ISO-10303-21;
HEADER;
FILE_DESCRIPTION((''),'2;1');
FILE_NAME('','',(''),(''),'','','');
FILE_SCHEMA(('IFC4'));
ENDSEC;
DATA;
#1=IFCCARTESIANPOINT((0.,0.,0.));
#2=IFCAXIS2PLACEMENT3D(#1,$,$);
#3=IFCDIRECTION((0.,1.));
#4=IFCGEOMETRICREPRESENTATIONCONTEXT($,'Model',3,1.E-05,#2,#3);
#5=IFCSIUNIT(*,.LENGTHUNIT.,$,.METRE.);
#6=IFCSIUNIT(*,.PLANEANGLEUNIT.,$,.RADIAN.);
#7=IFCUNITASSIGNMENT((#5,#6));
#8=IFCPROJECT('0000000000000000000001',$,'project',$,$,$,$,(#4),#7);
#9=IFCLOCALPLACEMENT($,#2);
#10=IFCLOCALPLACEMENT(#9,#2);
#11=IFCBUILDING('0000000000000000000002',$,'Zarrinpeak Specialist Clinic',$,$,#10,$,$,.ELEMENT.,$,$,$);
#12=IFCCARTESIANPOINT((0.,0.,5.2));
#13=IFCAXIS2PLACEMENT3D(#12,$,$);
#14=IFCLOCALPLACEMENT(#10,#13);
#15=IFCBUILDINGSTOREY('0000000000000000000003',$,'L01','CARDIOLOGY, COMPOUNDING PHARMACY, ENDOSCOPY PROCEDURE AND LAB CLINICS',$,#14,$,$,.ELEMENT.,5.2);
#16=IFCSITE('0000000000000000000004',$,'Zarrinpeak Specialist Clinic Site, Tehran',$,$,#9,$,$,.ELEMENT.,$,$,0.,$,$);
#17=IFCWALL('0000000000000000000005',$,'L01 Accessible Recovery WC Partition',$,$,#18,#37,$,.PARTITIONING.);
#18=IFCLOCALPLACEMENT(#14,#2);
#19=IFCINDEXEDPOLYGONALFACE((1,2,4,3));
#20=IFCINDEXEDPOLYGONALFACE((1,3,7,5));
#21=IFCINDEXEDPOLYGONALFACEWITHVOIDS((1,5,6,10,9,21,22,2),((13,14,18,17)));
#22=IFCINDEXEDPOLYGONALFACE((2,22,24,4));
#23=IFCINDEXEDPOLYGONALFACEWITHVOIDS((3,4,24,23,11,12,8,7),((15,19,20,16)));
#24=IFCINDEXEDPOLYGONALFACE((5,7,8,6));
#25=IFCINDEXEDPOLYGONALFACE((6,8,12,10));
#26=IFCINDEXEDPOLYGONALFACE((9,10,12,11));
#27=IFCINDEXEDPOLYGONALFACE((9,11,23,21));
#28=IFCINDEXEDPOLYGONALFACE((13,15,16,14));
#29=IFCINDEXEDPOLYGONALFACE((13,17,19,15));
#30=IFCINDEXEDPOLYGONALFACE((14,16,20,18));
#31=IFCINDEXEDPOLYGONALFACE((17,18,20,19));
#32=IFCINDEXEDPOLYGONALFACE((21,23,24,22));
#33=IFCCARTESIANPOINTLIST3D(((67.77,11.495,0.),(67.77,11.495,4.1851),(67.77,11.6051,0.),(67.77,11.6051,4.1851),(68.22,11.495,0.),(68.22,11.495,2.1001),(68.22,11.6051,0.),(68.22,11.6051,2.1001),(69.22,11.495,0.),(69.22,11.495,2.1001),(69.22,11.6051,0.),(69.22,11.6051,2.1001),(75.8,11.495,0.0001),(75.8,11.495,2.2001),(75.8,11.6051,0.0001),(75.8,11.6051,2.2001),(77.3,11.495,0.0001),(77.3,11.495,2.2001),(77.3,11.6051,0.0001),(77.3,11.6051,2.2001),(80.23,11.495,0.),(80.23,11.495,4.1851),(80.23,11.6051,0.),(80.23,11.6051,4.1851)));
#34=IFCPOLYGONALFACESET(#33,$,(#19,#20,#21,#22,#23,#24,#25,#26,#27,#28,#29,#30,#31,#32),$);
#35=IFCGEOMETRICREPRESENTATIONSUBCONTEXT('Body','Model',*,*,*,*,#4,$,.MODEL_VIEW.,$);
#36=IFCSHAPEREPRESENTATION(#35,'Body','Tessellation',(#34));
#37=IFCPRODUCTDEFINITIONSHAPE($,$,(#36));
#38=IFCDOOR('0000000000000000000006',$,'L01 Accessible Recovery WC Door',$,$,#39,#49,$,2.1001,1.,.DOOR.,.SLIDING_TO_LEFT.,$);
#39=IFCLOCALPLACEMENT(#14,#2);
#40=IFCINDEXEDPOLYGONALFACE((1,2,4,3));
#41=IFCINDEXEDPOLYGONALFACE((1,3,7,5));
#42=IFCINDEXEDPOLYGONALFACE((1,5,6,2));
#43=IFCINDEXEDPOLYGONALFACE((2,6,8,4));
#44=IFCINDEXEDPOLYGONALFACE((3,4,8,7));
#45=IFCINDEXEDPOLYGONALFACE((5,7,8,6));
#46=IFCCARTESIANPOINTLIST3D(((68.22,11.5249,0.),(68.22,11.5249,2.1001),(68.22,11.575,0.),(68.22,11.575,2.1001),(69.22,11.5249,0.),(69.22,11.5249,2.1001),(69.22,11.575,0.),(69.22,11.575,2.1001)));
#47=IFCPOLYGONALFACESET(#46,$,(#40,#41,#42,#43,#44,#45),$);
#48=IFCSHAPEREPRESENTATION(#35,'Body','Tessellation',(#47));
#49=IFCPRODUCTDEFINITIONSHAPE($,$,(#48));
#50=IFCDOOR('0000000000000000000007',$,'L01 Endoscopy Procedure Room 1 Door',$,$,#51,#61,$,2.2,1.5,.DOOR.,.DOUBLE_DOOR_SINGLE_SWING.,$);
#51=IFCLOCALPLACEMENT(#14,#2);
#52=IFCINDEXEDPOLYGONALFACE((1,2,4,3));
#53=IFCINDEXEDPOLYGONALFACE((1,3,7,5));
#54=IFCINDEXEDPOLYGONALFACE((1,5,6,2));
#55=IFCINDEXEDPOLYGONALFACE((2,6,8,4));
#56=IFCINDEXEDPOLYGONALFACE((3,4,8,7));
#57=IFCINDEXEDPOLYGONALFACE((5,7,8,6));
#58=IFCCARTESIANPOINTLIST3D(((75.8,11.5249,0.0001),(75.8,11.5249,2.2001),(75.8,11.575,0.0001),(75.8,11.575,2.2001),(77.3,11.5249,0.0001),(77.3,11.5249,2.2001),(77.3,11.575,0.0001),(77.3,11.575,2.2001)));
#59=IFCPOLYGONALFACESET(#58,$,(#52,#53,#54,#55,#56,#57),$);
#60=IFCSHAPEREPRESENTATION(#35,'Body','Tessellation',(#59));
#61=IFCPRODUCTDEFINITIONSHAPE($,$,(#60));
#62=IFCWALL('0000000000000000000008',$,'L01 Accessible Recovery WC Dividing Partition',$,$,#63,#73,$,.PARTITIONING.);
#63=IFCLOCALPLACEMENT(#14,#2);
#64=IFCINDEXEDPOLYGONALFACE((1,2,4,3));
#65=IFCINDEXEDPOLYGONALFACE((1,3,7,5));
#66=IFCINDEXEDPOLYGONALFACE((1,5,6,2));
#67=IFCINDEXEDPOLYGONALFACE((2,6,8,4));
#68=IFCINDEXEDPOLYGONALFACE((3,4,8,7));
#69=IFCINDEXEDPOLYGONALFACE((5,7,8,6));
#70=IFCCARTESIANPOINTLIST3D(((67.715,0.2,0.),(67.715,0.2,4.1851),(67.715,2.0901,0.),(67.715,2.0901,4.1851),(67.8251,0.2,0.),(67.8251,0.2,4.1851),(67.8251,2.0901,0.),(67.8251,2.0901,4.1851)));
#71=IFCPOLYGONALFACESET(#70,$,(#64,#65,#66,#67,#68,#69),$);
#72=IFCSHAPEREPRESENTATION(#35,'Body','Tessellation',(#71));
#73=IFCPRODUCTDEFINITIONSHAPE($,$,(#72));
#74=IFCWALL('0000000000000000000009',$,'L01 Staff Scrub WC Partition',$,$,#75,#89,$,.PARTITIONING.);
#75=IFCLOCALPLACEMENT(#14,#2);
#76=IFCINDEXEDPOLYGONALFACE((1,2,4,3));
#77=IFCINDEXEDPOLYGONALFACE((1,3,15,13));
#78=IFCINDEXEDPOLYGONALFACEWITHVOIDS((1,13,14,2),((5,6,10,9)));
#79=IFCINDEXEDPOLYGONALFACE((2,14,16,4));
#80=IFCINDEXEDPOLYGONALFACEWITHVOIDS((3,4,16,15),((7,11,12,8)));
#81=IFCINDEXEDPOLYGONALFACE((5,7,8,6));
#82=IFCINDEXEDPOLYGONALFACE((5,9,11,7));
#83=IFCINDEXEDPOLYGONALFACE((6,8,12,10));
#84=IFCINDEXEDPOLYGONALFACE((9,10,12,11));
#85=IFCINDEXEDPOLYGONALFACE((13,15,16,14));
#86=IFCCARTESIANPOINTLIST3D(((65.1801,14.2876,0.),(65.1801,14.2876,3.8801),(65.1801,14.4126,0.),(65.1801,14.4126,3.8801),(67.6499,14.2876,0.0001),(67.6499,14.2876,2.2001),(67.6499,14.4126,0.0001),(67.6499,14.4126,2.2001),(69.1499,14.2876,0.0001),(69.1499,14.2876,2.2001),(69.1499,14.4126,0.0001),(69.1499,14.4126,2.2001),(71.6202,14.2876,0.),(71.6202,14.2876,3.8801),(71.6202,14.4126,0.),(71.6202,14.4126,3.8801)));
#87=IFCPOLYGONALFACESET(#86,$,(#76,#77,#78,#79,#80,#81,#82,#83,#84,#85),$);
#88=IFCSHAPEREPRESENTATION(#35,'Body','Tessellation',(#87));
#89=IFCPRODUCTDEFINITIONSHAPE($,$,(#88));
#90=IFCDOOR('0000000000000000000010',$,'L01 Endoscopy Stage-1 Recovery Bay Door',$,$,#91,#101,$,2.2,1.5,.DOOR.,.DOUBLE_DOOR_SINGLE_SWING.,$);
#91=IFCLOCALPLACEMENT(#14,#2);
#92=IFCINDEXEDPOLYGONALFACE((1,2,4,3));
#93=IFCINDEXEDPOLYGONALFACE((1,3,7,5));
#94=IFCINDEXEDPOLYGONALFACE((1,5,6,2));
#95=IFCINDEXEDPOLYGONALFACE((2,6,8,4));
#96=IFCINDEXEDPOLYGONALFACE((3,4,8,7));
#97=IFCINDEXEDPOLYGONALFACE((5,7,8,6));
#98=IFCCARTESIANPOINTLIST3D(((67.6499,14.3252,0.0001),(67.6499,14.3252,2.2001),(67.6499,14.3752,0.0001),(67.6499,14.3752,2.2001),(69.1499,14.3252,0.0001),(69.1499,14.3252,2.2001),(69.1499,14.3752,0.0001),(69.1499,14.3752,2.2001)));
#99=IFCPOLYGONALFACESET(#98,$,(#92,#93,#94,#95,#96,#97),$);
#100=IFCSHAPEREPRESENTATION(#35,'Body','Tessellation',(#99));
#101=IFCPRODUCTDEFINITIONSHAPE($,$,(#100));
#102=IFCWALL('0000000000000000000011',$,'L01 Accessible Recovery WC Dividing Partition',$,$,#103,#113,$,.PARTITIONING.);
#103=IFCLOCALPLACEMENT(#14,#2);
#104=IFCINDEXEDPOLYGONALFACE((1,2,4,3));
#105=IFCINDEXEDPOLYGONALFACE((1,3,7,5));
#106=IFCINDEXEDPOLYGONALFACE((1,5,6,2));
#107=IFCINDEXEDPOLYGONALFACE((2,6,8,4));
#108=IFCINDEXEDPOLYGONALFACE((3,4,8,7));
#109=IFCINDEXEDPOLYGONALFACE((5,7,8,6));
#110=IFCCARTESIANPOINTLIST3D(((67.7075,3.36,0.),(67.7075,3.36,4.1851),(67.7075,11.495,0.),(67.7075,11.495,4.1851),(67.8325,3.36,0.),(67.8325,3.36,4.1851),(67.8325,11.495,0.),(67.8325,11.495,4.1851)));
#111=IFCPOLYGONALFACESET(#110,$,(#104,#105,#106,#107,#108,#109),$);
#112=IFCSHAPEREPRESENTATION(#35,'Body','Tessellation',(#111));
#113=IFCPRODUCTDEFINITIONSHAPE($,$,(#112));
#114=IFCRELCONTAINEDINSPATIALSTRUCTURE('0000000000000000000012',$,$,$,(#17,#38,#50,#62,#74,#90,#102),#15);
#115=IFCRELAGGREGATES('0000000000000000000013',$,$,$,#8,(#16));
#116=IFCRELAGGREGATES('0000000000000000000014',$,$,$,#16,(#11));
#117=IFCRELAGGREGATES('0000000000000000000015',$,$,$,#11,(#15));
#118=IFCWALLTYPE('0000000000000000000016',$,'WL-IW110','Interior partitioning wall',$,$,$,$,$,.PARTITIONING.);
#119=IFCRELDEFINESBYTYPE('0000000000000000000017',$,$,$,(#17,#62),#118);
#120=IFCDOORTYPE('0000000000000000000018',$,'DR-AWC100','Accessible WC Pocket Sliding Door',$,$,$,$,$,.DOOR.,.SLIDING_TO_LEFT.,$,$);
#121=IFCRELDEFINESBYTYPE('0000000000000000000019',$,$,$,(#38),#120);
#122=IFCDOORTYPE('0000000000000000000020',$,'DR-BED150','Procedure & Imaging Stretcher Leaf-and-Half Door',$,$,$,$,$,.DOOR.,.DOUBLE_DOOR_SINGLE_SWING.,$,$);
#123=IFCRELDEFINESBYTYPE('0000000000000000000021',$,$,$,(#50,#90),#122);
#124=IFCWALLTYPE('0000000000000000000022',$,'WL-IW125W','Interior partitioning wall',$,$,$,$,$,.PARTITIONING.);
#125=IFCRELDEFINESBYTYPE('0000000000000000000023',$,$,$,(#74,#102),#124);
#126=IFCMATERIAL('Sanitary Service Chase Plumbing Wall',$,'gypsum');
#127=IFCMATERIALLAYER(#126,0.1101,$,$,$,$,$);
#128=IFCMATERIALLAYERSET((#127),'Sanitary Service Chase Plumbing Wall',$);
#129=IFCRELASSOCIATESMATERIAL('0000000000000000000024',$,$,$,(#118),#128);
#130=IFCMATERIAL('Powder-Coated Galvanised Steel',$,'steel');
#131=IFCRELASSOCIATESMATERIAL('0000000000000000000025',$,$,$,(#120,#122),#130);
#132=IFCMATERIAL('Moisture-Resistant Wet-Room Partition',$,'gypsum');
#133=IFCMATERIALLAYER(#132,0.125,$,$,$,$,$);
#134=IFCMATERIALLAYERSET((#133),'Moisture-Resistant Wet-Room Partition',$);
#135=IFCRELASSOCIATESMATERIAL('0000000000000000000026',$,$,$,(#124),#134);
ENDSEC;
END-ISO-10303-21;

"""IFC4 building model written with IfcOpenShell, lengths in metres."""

from ifc_helpers import new_model, si_unit, direction, frame, frame_2d, origin, place, context, subcontext, project, spatial, rectangle, extrude, material, layer, layer_set, type_object, element, fill, save


model = new_model("IFC4")

# Units and contexts
model_context = context("Model", 3, precision=1e-05, world=origin(), true_north=direction((0.0, 1.0)))
body_context = subcontext(model_context, "Body", "Model", "MODEL_VIEW")
ifc_project = project(units=[si_unit("LENGTHUNIT", "METRE"), si_unit("PLANEANGLEUNIT", "RADIAN")], contexts=[model_context])

# Site, building, storey
site_placement = place(None, origin())
site = spatial("IfcSite", under=ifc_project, at=site_placement, Name="Zarrinpeak Specialist Clinic Site, Tehran", CompositionType="ELEMENT", RefElevation=0.0)
building_placement = place(site_placement, origin())
building = spatial("IfcBuilding", under=site, at=building_placement, Name="Zarrinpeak Specialist Clinic", CompositionType="ELEMENT")
storey_placement = place(building_placement, frame((0.0, 0.0, 5.2)))
storey = spatial("IfcBuildingStorey", under=building, at=storey_placement, Name="L01", Description="CARDIOLOGY, COMPOUNDING PHARMACY, ENDOSCOPY PROCEDURE AND LAB CLINICS", CompositionType="ELEMENT", Elevation=5.2)

# Shared definitions
ifc_material_1 = material(Name="Sanitary Service Chase Plumbing Wall", Category="gypsum")
ifc_layer_1 = layer(ifc_material_1, 0.1101)
ifc_layer_set_1 = layer_set([ifc_layer_1], Name="Sanitary Service Chase Plumbing Wall")
wall_type_1 = type_object("IfcWallType", Name="WL-IW110", Description="Interior partitioning wall", PredefinedType="PARTITIONING", material=ifc_layer_set_1)

# Wall, openings, doors
wall_1_placement = place(storey_placement, frame((67.77, 11.55, 0.0), z_axis=(0.0, 0.0, 1.0), x_axis=(1.0, 0.0, 0.0)))
wall_1 = element("IfcWall", 1, at=wall_1_placement, inside=storey, type_object=wall_type_1, Name="L01 Accessible Recovery WC Partition", PredefinedType="PARTITIONING", context=body_context, shape_type="SweptSolid", body=[
    extrude(rectangle(XDim=12.46, YDim=0.1101, at=frame_2d((6.23, 0.0))), origin(), (0.0, 0.0, 1.0), 4.1851),
])
opening_1_placement = place(wall_1_placement, frame((0.45, 0.0, 0.0)))
opening_1 = element("IfcOpeningElement", 2, at=opening_1_placement, cuts=wall_1, PredefinedType="OPENING", context=body_context, shape_type="SweptSolid", body=[
    extrude(rectangle(XDim=1.0, YDim=2.1001, at=frame_2d((0.5, 1.05))), frame((0.0, 0.0649, 0.0), z_axis=(0.0, -1.0, 0.0), x_axis=(1.0, 0.0, 0.0)), (0.0, 0.0, 1.0), 0.1301),
])
opening_2_placement = place(wall_1_placement, frame((8.03, 0.0, 0.0)))
opening_2 = element("IfcOpeningElement", 3, at=opening_2_placement, cuts=wall_1, PredefinedType="OPENING", context=body_context, shape_type="SweptSolid", body=[
    extrude(rectangle(XDim=1.5, YDim=2.2, at=frame_2d((0.75, 1.1001))), frame((0.0, 0.0649, 0.0), z_axis=(0.0, -1.0, 0.0), x_axis=(1.0, 0.0, 0.0)), (0.0, 0.0, 1.0), 0.1301),
])
ifc_material_2 = material(Name="Powder-Coated Galvanised Steel", Category="steel")
door_type_1 = type_object("IfcDoorType", Name="DR-AWC100", Description="Accessible WC Pocket Sliding Door", OperationType="SLIDING_TO_LEFT", PredefinedType="DOOR", material=ifc_material_2)
door_1_placement = place(opening_1_placement, origin())
door_1 = element("IfcDoor", 4, at=door_1_placement, inside=storey, type_object=door_type_1, Name="L01 Accessible Recovery WC Door", OperationType="SLIDING_TO_LEFT", OverallHeight=2.1001, OverallWidth=1.0, PredefinedType="DOOR", context=body_context, shape_type="SweptSolid", body=[
    extrude(rectangle(XDim=1.0, YDim=2.1001, at=frame_2d((0.5, 1.05))), frame((0.0, 0.0249, 0.0), z_axis=(0.0, -1.0, 0.0), x_axis=(1.0, 0.0, 0.0)), (0.0, 0.0, 1.0), 0.05),
])
fill(opening_1, door_1)
door_type_2 = type_object("IfcDoorType", Name="DR-BED150", Description="Procedure & Imaging Stretcher Leaf-and-Half Door", OperationType="DOUBLE_DOOR_SINGLE_SWING", PredefinedType="DOOR", material=ifc_material_2)
door_2_placement = place(opening_2_placement, origin())
door_2 = element("IfcDoor", 5, at=door_2_placement, inside=storey, type_object=door_type_2, Name="L01 Endoscopy Procedure Room 1 Door", OperationType="DOUBLE_DOOR_SINGLE_SWING", OverallHeight=2.2, OverallWidth=1.5, PredefinedType="DOOR", context=body_context, shape_type="SweptSolid", body=[
    extrude(rectangle(XDim=1.5, YDim=2.2, at=frame_2d((0.75, 1.1001))), frame((0.0, 0.0249, 0.0), z_axis=(0.0, -1.0, 0.0), x_axis=(1.0, 0.0, 0.0)), (0.0, 0.0, 1.0), 0.05),
])
fill(opening_2, door_2)

# Wall
wall_2_placement = place(storey_placement, frame((67.77, 0.2, 0.0), z_axis=(0.0, 0.0, 1.0), x_axis=(0.0, 1.0, 0.0)))
element("IfcWall", 6, at=wall_2_placement, inside=storey, type_object=wall_type_1, Name="L01 Accessible Recovery WC Dividing Partition", PredefinedType="PARTITIONING", context=body_context, shape_type="SweptSolid", body=[
    extrude(rectangle(XDim=1.8901, YDim=0.1101, at=frame_2d((0.9451, 0.0))), origin(), (0.0, 0.0, 1.0), 4.1851),
])

# Wall, opening, door
ifc_material_3 = material(Name="Moisture-Resistant Wet-Room Partition", Category="gypsum")
ifc_layer_2 = layer(ifc_material_3, 0.125)
ifc_layer_set_2 = layer_set([ifc_layer_2], Name="Moisture-Resistant Wet-Room Partition")
wall_type_2 = type_object("IfcWallType", Name="WL-IW125W", Description="Interior partitioning wall", PredefinedType="PARTITIONING", material=ifc_layer_set_2)
wall_3_placement = place(storey_placement, frame((65.1799, 14.3501, 0.0), z_axis=(0.0, 0.0, 1.0), x_axis=(1.0, 0.0, 0.0)))
wall_3 = element("IfcWall", 7, at=wall_3_placement, inside=storey, type_object=wall_type_2, Name="L01 Staff Scrub WC Partition", PredefinedType="PARTITIONING", context=body_context, shape_type="SweptSolid", body=[
    extrude(rectangle(XDim=6.4402, YDim=0.125, at=frame_2d((3.2202, 0.0))), origin(), (0.0, 0.0, 1.0), 3.8801),
])
opening_3_placement = place(wall_3_placement, frame((2.47, 0.0, 0.0)))
opening_3 = element("IfcOpeningElement", 8, at=opening_3_placement, cuts=wall_3, PredefinedType="OPENING", context=body_context, shape_type="SweptSolid", body=[
    extrude(rectangle(XDim=1.5, YDim=2.2, at=frame_2d((0.75, 1.1001))), frame((0.0, 0.0725, 0.0), z_axis=(0.0, -1.0, 0.0), x_axis=(1.0, 0.0, 0.0)), (0.0, 0.0, 1.0), 0.145),
])
door_3_placement = place(opening_3_placement, frame((1.5, 0.0, 0.0), z_axis=(0.0, 0.0, 1.0), x_axis=(-1.0, 0.0, 0.0)))
door_3 = element("IfcDoor", 9, at=door_3_placement, inside=storey, type_object=door_type_2, Name="L01 Endoscopy Stage-1 Recovery Bay Door", OperationType="DOUBLE_DOOR_SINGLE_SWING", OverallHeight=2.2, OverallWidth=1.5, PredefinedType="DOOR", context=body_context, shape_type="SweptSolid", body=[
    extrude(rectangle(XDim=1.5, YDim=2.2, at=frame_2d((0.75, 1.1001))), frame((0.0, 0.0249, 0.0), z_axis=(0.0, -1.0, 0.0), x_axis=(1.0, 0.0, 0.0)), (0.0, 0.0, 1.0), 0.05),
])
fill(opening_3, door_3)

# Wall
wall_4_placement = place(storey_placement, frame((67.77, 3.3601, 0.0), z_axis=(0.0, 0.0, 1.0), x_axis=(0.0, 1.0, 0.0)))
element("IfcWall", 10, at=wall_4_placement, inside=storey, type_object=wall_type_2, Name="L01 Accessible Recovery WC Dividing Partition", PredefinedType="PARTITIONING", context=body_context, shape_type="SweptSolid", body=[
    extrude(rectangle(XDim=8.135, YDim=0.125, at=frame_2d((4.0674, 0.0))), origin(), (0.0, 0.0, 1.0), 4.1851),
])

save(model, "model.ifc")
